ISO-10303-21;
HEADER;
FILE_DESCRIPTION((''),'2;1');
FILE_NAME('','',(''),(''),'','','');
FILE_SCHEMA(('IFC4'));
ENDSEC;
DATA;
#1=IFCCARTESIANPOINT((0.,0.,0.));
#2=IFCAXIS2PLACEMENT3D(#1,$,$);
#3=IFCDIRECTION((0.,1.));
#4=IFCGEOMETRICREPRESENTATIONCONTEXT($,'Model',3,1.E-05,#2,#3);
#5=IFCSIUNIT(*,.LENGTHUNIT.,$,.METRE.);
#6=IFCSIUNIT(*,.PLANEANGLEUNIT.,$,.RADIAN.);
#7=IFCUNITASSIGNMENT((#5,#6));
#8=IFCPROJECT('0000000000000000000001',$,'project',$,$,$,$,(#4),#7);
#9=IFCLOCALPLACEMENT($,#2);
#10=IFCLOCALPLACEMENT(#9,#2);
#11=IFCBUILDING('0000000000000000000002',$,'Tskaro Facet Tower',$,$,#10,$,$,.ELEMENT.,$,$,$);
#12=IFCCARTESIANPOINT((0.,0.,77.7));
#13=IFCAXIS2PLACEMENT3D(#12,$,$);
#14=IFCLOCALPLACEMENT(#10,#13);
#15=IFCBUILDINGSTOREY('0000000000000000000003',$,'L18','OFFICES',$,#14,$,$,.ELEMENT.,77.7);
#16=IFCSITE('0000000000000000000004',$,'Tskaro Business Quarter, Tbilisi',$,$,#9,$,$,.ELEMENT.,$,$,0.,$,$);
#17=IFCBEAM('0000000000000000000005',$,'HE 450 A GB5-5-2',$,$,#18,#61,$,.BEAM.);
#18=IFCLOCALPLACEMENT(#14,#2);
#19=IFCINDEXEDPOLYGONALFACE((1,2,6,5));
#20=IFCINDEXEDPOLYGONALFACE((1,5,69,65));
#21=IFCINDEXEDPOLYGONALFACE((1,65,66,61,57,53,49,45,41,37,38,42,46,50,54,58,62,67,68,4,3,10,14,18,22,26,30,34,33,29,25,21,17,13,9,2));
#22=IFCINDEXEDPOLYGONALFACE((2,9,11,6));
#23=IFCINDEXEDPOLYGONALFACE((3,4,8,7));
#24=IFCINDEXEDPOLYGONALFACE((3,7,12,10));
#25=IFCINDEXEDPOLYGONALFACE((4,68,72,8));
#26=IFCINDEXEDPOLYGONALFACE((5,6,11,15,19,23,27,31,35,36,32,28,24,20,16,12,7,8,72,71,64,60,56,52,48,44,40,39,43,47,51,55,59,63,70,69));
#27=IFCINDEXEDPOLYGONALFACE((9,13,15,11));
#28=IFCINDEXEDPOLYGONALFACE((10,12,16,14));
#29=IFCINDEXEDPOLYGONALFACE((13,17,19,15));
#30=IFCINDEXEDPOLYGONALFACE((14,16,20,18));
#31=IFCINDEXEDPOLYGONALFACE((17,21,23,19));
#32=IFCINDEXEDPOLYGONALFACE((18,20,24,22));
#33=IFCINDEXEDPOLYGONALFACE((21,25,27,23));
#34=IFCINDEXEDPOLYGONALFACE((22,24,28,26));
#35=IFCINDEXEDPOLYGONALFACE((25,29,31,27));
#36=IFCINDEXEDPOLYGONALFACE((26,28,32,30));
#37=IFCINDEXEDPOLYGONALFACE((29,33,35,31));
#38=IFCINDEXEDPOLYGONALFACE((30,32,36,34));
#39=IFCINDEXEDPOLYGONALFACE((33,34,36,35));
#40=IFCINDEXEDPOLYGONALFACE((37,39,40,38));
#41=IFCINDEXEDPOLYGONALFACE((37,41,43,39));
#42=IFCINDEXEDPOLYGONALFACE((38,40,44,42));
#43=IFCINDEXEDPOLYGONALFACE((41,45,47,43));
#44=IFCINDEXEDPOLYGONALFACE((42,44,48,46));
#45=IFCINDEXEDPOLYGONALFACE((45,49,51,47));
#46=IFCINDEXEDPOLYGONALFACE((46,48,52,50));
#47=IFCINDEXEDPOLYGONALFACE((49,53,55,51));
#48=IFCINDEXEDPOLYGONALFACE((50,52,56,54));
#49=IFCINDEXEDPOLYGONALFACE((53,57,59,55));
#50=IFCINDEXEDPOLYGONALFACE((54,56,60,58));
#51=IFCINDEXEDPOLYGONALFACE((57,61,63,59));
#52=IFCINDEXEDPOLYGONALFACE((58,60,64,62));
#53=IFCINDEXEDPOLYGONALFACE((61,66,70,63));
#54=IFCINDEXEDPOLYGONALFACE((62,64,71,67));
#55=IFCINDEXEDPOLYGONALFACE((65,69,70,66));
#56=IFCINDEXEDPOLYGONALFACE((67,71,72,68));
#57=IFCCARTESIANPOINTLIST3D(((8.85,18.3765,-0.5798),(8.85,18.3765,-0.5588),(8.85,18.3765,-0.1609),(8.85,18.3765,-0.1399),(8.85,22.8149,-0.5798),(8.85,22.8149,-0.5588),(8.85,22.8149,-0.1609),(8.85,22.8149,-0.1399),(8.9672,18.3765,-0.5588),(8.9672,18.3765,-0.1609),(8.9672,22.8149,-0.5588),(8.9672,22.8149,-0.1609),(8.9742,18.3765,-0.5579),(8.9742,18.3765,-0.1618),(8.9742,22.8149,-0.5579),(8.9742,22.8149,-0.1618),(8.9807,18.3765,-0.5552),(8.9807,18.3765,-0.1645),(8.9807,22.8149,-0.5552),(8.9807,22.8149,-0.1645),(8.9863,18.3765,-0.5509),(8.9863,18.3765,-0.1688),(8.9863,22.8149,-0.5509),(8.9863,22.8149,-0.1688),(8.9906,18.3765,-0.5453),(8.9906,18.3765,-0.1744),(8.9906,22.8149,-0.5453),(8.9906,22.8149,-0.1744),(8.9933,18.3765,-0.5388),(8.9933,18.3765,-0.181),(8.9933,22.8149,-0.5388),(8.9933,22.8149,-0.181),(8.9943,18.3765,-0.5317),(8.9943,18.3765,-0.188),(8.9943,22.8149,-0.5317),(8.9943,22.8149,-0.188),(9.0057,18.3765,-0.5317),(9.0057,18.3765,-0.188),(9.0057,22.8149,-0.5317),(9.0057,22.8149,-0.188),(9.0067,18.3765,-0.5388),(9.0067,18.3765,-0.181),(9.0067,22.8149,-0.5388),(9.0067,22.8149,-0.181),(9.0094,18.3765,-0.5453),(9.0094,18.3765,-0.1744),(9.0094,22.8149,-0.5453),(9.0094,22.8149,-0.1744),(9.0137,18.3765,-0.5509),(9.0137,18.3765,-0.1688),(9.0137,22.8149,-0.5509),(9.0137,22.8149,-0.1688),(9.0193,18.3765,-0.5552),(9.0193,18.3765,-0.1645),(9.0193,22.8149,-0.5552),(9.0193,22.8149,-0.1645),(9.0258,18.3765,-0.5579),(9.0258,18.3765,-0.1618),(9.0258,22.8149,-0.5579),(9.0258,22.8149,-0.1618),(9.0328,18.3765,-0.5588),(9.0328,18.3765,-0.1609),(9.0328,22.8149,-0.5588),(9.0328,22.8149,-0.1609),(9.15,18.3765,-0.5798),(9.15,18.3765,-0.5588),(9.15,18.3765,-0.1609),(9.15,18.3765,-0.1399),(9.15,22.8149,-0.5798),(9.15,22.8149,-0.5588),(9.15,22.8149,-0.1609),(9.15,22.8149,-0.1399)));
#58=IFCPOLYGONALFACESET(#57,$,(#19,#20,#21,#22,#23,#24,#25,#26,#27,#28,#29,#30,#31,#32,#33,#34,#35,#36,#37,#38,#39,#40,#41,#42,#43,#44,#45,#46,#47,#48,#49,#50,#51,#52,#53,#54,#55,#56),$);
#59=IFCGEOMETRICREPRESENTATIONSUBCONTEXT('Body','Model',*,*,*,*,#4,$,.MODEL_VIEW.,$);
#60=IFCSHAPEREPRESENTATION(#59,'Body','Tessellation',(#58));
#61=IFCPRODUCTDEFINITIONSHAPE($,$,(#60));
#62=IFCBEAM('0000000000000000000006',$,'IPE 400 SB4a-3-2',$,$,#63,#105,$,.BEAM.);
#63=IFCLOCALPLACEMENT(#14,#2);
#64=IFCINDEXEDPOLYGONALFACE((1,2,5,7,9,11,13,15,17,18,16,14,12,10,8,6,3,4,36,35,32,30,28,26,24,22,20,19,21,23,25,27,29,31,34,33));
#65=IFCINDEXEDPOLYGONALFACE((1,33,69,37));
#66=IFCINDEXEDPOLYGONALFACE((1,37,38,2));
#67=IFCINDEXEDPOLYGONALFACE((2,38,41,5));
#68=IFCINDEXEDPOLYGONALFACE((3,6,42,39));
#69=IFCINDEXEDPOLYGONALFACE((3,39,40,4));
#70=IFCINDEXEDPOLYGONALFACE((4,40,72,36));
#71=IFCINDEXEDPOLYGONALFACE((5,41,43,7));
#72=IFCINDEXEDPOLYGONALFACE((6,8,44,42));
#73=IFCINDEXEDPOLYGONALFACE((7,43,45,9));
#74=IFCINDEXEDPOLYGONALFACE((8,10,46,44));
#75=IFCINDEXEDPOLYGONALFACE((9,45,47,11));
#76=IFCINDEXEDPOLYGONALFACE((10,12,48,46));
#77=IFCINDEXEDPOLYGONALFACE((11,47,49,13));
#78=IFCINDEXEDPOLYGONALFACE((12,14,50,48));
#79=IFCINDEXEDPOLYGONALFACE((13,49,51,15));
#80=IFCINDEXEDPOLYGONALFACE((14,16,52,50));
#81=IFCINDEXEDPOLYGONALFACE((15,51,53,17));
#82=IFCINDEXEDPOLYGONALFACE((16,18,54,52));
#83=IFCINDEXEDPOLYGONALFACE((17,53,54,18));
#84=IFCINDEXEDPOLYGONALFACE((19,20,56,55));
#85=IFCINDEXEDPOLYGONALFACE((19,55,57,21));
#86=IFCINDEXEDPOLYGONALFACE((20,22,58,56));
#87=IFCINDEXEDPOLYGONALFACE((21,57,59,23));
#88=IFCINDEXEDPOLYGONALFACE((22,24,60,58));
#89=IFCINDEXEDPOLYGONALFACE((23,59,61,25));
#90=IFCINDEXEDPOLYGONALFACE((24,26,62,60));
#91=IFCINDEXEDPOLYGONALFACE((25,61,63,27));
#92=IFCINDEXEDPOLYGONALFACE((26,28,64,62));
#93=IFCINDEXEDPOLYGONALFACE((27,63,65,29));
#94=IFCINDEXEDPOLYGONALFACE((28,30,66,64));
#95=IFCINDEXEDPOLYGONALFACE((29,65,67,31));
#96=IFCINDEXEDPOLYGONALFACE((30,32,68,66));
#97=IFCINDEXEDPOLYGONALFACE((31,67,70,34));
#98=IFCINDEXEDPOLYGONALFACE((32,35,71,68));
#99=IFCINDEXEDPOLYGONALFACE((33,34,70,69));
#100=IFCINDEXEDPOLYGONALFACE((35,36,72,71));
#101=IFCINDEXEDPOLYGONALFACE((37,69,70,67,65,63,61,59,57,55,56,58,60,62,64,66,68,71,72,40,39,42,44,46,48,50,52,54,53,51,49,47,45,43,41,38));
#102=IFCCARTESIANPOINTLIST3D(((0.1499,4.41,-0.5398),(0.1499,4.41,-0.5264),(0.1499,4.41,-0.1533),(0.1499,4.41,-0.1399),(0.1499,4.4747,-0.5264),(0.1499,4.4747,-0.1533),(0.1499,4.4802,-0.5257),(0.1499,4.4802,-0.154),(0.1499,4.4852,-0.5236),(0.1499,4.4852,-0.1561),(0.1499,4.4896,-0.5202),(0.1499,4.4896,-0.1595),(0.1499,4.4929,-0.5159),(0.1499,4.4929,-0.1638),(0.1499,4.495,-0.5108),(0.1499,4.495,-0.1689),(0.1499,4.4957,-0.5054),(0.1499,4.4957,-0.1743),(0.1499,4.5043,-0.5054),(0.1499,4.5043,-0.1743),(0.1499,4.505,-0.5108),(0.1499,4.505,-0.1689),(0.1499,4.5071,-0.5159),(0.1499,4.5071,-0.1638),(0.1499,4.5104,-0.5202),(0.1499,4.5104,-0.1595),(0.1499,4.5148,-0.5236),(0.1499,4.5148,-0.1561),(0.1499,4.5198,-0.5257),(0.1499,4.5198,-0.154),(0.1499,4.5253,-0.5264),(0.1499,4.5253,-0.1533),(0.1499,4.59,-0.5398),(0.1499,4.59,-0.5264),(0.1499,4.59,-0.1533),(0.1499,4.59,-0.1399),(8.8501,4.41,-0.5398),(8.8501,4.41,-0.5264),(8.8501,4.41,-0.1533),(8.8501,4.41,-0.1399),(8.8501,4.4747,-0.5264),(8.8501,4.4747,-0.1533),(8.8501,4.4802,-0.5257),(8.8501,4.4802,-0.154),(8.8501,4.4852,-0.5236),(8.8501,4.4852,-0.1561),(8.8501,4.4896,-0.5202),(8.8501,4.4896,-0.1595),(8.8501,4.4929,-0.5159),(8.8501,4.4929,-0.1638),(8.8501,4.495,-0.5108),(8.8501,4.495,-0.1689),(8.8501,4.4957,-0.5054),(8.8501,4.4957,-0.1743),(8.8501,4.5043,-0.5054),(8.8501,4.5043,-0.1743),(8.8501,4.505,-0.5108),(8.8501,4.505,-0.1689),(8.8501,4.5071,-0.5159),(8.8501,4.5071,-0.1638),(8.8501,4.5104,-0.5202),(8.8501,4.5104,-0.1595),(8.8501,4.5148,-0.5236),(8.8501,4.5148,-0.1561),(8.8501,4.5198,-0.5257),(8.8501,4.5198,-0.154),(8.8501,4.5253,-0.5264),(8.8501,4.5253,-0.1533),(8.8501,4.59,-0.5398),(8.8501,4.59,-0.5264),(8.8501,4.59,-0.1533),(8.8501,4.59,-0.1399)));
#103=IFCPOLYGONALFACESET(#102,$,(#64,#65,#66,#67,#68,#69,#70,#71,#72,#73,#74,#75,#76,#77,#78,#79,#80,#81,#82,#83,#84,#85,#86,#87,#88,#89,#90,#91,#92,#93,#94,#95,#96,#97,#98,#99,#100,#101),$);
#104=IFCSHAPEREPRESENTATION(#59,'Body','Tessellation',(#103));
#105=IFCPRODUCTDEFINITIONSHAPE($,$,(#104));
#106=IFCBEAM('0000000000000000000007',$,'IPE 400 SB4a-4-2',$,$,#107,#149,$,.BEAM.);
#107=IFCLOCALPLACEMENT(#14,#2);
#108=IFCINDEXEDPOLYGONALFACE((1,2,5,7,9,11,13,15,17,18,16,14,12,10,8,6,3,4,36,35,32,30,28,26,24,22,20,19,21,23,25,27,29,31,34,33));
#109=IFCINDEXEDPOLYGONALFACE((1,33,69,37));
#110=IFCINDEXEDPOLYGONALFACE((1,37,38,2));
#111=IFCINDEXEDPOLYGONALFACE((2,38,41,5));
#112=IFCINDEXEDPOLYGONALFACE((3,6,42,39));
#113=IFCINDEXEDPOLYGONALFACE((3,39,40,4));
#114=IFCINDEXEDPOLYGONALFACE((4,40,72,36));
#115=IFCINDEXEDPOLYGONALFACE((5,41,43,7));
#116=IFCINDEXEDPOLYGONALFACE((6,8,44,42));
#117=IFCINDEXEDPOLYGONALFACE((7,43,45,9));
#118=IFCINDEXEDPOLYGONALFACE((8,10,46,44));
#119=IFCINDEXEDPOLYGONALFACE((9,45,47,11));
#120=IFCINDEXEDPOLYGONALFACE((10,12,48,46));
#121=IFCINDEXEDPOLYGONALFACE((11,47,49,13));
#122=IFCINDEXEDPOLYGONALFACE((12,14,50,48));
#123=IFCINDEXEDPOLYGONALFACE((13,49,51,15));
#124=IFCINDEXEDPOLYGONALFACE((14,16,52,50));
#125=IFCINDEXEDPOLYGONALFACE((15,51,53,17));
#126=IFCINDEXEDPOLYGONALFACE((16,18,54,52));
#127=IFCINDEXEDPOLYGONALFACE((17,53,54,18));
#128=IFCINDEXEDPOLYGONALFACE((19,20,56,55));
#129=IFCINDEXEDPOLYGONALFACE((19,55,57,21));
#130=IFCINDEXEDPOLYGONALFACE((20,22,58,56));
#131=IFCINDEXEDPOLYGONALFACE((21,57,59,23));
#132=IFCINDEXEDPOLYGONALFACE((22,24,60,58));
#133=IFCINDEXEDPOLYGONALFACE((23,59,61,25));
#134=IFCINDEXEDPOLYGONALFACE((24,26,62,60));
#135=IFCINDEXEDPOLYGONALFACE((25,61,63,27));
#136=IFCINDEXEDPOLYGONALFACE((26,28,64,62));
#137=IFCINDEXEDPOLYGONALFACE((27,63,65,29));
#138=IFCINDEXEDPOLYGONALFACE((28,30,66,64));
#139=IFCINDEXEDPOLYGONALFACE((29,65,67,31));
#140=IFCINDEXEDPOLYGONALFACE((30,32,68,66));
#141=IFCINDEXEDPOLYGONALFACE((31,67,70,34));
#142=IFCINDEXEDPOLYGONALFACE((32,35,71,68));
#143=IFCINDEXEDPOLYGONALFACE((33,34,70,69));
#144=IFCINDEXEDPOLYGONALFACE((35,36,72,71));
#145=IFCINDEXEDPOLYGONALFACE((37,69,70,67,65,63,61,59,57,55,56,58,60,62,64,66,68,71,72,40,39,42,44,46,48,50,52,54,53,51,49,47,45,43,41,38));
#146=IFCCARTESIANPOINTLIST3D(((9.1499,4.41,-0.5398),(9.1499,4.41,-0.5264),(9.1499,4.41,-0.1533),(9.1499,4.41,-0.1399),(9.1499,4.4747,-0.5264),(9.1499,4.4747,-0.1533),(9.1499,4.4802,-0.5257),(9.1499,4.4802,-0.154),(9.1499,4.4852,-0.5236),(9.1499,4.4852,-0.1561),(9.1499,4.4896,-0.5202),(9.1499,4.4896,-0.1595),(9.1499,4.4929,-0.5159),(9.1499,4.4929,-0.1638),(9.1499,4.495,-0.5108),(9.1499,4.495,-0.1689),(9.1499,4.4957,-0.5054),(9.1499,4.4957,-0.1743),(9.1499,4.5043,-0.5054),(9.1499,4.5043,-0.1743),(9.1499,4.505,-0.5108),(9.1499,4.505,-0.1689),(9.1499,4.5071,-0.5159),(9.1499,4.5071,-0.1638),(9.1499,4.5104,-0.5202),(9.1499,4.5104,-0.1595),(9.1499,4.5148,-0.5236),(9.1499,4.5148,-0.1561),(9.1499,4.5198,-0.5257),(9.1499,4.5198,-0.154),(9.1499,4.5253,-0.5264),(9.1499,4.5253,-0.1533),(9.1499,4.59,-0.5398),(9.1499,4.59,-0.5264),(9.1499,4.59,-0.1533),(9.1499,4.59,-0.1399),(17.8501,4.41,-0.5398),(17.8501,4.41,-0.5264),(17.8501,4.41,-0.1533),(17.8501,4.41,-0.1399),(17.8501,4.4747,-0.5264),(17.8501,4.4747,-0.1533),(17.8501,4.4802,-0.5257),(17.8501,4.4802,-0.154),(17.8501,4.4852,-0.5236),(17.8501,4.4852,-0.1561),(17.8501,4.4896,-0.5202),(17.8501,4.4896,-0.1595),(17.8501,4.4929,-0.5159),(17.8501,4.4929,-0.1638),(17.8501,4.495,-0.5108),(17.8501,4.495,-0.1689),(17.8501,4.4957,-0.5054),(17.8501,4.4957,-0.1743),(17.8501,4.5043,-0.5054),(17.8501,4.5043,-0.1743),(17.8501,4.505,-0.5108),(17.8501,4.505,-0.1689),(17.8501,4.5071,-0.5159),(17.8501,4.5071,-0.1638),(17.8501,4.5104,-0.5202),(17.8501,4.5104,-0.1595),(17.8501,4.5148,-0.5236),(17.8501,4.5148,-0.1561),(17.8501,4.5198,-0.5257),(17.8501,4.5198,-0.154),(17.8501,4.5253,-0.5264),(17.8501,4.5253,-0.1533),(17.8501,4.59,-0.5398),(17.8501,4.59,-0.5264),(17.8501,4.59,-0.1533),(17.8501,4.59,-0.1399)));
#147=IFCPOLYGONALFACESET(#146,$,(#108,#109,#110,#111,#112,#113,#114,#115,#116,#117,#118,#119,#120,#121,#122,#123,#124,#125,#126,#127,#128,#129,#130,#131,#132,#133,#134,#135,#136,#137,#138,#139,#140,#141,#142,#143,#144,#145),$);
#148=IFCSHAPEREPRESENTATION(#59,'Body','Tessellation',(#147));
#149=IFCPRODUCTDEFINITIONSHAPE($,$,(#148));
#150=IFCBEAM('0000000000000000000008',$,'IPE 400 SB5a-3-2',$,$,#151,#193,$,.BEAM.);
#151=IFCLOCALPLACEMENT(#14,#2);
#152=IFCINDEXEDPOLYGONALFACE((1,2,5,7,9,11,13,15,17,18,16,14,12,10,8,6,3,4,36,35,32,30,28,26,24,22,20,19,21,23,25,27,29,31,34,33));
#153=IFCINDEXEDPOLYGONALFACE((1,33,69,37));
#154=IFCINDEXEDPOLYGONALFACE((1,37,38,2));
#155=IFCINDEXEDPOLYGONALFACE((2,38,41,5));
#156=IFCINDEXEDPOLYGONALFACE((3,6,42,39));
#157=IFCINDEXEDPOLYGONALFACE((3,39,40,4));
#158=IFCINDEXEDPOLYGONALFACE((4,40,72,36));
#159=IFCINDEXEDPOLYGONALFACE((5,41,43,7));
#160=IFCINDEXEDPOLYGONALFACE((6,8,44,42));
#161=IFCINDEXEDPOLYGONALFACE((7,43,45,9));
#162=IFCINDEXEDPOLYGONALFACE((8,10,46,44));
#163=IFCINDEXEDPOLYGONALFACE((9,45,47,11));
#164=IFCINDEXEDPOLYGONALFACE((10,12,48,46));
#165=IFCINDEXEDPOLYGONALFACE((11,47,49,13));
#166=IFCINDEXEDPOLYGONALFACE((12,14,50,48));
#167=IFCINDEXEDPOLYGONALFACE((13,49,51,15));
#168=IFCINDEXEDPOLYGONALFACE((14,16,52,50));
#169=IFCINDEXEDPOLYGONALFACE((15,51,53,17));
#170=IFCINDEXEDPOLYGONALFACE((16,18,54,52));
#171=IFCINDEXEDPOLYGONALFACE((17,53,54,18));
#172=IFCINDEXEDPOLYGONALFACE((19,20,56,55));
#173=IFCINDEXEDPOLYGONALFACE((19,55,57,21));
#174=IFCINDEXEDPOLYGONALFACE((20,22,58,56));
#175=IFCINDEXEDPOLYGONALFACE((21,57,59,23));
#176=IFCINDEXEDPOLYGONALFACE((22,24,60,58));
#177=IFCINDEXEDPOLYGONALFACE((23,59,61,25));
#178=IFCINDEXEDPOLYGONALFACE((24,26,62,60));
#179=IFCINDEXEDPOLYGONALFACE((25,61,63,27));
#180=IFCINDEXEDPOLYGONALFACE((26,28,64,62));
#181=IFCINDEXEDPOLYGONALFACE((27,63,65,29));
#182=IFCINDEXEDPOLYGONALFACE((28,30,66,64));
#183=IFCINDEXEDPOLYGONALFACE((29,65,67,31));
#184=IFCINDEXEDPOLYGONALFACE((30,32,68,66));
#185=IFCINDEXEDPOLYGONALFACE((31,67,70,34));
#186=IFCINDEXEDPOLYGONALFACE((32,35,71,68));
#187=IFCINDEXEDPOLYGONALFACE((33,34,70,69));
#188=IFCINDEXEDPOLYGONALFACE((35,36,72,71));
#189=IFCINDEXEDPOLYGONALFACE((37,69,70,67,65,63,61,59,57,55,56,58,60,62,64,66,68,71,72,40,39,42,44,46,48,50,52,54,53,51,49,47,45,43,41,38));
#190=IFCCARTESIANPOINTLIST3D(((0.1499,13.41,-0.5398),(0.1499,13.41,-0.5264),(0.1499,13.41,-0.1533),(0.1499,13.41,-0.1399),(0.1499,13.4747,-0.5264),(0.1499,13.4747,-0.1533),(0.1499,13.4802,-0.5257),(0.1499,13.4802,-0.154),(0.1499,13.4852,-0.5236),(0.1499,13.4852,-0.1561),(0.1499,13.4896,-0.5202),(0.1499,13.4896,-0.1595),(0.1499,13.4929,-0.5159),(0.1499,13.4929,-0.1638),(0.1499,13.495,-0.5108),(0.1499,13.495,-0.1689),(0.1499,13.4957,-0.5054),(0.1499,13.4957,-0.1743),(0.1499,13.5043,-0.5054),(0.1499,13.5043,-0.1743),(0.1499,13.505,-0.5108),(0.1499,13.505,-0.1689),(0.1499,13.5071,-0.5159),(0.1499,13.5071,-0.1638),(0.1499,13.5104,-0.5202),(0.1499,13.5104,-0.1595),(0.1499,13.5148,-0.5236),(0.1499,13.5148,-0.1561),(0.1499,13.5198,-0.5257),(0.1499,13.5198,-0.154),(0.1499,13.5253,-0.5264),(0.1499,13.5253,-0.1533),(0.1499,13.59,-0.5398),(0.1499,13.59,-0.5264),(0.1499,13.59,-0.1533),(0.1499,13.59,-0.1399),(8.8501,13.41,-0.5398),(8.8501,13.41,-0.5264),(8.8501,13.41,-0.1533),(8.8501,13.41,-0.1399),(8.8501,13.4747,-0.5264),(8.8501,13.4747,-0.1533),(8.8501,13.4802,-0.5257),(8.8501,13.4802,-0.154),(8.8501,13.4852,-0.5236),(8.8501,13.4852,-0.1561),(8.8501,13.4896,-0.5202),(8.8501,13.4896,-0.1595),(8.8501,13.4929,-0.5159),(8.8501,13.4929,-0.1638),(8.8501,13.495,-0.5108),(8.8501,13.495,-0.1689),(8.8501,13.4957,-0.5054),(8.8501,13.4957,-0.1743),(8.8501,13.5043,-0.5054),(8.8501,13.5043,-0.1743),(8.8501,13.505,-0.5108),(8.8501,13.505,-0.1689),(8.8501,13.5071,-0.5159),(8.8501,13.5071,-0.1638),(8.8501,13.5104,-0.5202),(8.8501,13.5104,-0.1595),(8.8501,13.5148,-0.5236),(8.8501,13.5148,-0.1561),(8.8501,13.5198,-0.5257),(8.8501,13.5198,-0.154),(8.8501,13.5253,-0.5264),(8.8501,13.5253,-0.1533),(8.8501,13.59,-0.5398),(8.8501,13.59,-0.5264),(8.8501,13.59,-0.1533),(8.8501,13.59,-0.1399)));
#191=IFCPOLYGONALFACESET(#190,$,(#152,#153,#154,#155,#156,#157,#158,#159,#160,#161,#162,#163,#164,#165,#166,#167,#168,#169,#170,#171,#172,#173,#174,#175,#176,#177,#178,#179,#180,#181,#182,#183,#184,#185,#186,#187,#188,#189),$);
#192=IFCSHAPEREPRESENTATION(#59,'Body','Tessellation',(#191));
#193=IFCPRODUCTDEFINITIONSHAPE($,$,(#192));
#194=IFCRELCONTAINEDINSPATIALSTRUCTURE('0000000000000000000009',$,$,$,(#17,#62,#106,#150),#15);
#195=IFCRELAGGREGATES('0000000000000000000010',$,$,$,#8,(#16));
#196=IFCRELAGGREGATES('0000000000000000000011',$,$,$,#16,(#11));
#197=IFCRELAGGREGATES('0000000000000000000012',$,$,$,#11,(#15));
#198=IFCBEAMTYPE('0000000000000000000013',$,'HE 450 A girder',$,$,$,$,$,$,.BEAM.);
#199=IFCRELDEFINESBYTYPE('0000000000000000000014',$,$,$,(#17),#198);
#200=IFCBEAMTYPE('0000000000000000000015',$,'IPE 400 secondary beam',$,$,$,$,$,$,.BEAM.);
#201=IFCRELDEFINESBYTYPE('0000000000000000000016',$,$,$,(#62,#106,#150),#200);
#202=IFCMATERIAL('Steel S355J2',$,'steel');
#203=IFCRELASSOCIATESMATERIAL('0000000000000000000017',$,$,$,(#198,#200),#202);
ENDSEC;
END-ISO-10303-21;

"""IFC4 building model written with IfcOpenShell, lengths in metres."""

from ifc_helpers import new_model, si_unit, direction, frame, origin, origin_2d, place, context, subcontext, project, spatial, i_section, extrude, material, material_profile, profile_set, type_object, element, save


model = new_model("IFC4")

# Units and contexts
model_context = context("Model", 3, precision=1e-05, world=origin(), true_north=direction((0.0, 1.0)))
body_context = subcontext(model_context, "Body", "Model", "MODEL_VIEW")
ifc_project = project(units=[si_unit("LENGTHUNIT", "METRE"), si_unit("PLANEANGLEUNIT", "RADIAN")], contexts=[model_context])

# Site, building, storey
site_placement = place(None, origin())
site = spatial("IfcSite", under=ifc_project, at=site_placement, Name="Tskaro Business Quarter, Tbilisi", CompositionType="ELEMENT", RefElevation=0.0)
building_placement = place(site_placement, origin())
building = spatial("IfcBuilding", under=site, at=building_placement, Name="Tskaro Facet Tower", CompositionType="ELEMENT")
storey_placement = place(building_placement, frame((0.0, 0.0, 77.7)))
storey = spatial("IfcBuildingStorey", under=building, at=storey_placement, Name="L18", Description="OFFICES", CompositionType="ELEMENT", Elevation=77.7)

# Beams
ifc_material_1 = material(Name="Steel S355J2", Category="steel")
ifc_material_profile_1 = material_profile(ifc_material_1, i_section(OverallWidth=0.3, OverallDepth=0.4399, WebThickness=0.0115, FlangeThickness=0.021, FilletRadius=0.0271, at=origin_2d()), Name="HE 450 A")
ifc_profile_set_1 = profile_set([ifc_material_profile_1], Name="Steel S355J2")
beam_type_1 = type_object("IfcBeamType", Name="HE 450 A girder", PredefinedType="BEAM", material=ifc_profile_set_1)
beam_1_placement = place(storey_placement, frame((9.0, 18.3765, -0.3599), z_axis=(0.0, 1.0, 0.0), x_axis=(-1.0, 0.0, 0.0)))
element("IfcBeam", 1, at=beam_1_placement, inside=storey, type_object=beam_type_1, Name="HE 450 A GB5-5-2", PredefinedType="BEAM", context=body_context, shape_type="SweptSolid", body=[
    extrude(i_section(OverallWidth=0.3, OverallDepth=0.4399, WebThickness=0.0115, FlangeThickness=0.021, FilletRadius=0.0271, at=origin_2d()), origin(), (0.0, 0.0, 1.0), 4.4385),
])
ifc_material_profile_2 = material_profile(ifc_material_1, i_section(OverallWidth=0.1799, OverallDepth=0.3999, WebThickness=0.0085, FlangeThickness=0.0134, FilletRadius=0.021, at=origin_2d()), Name="IPE 400")
ifc_profile_set_2 = profile_set([ifc_material_profile_2], Name="Steel S355J2")
beam_type_2 = type_object("IfcBeamType", Name="IPE 400 secondary beam", PredefinedType="BEAM", material=ifc_profile_set_2)
for number, where, z_axis, x_axis, name in (
    (2, (0.1499, 4.5, -0.3398), (1.0, 0.0, 0.0), (0.0, 1.0, 0.0), "IPE 400 SB4a-3-2"),
    (3, (9.1499, 4.5, -0.3398), (1.0, 0.0, 0.0), (0.0, 1.0, 0.0), "IPE 400 SB4a-4-2"),
    (4, (0.1499, 13.5, -0.3398), (1.0, 0.0, 0.0), (0.0, 1.0, 0.0), "IPE 400 SB5a-3-2"),
):
    element("IfcBeam", number, at=place(storey_placement, frame(where, z_axis=z_axis, x_axis=x_axis)), inside=storey, type_object=beam_type_2, Name=name, PredefinedType="BEAM", context=body_context, shape_type="SweptSolid", body=[
        extrude(i_section(OverallWidth=0.1799, OverallDepth=0.3999, WebThickness=0.0085, FlangeThickness=0.0134, FilletRadius=0.021, at=origin_2d()), origin(), (0.0, 0.0, 1.0), 8.7002),
    ])

save(model, "model.ifc")
